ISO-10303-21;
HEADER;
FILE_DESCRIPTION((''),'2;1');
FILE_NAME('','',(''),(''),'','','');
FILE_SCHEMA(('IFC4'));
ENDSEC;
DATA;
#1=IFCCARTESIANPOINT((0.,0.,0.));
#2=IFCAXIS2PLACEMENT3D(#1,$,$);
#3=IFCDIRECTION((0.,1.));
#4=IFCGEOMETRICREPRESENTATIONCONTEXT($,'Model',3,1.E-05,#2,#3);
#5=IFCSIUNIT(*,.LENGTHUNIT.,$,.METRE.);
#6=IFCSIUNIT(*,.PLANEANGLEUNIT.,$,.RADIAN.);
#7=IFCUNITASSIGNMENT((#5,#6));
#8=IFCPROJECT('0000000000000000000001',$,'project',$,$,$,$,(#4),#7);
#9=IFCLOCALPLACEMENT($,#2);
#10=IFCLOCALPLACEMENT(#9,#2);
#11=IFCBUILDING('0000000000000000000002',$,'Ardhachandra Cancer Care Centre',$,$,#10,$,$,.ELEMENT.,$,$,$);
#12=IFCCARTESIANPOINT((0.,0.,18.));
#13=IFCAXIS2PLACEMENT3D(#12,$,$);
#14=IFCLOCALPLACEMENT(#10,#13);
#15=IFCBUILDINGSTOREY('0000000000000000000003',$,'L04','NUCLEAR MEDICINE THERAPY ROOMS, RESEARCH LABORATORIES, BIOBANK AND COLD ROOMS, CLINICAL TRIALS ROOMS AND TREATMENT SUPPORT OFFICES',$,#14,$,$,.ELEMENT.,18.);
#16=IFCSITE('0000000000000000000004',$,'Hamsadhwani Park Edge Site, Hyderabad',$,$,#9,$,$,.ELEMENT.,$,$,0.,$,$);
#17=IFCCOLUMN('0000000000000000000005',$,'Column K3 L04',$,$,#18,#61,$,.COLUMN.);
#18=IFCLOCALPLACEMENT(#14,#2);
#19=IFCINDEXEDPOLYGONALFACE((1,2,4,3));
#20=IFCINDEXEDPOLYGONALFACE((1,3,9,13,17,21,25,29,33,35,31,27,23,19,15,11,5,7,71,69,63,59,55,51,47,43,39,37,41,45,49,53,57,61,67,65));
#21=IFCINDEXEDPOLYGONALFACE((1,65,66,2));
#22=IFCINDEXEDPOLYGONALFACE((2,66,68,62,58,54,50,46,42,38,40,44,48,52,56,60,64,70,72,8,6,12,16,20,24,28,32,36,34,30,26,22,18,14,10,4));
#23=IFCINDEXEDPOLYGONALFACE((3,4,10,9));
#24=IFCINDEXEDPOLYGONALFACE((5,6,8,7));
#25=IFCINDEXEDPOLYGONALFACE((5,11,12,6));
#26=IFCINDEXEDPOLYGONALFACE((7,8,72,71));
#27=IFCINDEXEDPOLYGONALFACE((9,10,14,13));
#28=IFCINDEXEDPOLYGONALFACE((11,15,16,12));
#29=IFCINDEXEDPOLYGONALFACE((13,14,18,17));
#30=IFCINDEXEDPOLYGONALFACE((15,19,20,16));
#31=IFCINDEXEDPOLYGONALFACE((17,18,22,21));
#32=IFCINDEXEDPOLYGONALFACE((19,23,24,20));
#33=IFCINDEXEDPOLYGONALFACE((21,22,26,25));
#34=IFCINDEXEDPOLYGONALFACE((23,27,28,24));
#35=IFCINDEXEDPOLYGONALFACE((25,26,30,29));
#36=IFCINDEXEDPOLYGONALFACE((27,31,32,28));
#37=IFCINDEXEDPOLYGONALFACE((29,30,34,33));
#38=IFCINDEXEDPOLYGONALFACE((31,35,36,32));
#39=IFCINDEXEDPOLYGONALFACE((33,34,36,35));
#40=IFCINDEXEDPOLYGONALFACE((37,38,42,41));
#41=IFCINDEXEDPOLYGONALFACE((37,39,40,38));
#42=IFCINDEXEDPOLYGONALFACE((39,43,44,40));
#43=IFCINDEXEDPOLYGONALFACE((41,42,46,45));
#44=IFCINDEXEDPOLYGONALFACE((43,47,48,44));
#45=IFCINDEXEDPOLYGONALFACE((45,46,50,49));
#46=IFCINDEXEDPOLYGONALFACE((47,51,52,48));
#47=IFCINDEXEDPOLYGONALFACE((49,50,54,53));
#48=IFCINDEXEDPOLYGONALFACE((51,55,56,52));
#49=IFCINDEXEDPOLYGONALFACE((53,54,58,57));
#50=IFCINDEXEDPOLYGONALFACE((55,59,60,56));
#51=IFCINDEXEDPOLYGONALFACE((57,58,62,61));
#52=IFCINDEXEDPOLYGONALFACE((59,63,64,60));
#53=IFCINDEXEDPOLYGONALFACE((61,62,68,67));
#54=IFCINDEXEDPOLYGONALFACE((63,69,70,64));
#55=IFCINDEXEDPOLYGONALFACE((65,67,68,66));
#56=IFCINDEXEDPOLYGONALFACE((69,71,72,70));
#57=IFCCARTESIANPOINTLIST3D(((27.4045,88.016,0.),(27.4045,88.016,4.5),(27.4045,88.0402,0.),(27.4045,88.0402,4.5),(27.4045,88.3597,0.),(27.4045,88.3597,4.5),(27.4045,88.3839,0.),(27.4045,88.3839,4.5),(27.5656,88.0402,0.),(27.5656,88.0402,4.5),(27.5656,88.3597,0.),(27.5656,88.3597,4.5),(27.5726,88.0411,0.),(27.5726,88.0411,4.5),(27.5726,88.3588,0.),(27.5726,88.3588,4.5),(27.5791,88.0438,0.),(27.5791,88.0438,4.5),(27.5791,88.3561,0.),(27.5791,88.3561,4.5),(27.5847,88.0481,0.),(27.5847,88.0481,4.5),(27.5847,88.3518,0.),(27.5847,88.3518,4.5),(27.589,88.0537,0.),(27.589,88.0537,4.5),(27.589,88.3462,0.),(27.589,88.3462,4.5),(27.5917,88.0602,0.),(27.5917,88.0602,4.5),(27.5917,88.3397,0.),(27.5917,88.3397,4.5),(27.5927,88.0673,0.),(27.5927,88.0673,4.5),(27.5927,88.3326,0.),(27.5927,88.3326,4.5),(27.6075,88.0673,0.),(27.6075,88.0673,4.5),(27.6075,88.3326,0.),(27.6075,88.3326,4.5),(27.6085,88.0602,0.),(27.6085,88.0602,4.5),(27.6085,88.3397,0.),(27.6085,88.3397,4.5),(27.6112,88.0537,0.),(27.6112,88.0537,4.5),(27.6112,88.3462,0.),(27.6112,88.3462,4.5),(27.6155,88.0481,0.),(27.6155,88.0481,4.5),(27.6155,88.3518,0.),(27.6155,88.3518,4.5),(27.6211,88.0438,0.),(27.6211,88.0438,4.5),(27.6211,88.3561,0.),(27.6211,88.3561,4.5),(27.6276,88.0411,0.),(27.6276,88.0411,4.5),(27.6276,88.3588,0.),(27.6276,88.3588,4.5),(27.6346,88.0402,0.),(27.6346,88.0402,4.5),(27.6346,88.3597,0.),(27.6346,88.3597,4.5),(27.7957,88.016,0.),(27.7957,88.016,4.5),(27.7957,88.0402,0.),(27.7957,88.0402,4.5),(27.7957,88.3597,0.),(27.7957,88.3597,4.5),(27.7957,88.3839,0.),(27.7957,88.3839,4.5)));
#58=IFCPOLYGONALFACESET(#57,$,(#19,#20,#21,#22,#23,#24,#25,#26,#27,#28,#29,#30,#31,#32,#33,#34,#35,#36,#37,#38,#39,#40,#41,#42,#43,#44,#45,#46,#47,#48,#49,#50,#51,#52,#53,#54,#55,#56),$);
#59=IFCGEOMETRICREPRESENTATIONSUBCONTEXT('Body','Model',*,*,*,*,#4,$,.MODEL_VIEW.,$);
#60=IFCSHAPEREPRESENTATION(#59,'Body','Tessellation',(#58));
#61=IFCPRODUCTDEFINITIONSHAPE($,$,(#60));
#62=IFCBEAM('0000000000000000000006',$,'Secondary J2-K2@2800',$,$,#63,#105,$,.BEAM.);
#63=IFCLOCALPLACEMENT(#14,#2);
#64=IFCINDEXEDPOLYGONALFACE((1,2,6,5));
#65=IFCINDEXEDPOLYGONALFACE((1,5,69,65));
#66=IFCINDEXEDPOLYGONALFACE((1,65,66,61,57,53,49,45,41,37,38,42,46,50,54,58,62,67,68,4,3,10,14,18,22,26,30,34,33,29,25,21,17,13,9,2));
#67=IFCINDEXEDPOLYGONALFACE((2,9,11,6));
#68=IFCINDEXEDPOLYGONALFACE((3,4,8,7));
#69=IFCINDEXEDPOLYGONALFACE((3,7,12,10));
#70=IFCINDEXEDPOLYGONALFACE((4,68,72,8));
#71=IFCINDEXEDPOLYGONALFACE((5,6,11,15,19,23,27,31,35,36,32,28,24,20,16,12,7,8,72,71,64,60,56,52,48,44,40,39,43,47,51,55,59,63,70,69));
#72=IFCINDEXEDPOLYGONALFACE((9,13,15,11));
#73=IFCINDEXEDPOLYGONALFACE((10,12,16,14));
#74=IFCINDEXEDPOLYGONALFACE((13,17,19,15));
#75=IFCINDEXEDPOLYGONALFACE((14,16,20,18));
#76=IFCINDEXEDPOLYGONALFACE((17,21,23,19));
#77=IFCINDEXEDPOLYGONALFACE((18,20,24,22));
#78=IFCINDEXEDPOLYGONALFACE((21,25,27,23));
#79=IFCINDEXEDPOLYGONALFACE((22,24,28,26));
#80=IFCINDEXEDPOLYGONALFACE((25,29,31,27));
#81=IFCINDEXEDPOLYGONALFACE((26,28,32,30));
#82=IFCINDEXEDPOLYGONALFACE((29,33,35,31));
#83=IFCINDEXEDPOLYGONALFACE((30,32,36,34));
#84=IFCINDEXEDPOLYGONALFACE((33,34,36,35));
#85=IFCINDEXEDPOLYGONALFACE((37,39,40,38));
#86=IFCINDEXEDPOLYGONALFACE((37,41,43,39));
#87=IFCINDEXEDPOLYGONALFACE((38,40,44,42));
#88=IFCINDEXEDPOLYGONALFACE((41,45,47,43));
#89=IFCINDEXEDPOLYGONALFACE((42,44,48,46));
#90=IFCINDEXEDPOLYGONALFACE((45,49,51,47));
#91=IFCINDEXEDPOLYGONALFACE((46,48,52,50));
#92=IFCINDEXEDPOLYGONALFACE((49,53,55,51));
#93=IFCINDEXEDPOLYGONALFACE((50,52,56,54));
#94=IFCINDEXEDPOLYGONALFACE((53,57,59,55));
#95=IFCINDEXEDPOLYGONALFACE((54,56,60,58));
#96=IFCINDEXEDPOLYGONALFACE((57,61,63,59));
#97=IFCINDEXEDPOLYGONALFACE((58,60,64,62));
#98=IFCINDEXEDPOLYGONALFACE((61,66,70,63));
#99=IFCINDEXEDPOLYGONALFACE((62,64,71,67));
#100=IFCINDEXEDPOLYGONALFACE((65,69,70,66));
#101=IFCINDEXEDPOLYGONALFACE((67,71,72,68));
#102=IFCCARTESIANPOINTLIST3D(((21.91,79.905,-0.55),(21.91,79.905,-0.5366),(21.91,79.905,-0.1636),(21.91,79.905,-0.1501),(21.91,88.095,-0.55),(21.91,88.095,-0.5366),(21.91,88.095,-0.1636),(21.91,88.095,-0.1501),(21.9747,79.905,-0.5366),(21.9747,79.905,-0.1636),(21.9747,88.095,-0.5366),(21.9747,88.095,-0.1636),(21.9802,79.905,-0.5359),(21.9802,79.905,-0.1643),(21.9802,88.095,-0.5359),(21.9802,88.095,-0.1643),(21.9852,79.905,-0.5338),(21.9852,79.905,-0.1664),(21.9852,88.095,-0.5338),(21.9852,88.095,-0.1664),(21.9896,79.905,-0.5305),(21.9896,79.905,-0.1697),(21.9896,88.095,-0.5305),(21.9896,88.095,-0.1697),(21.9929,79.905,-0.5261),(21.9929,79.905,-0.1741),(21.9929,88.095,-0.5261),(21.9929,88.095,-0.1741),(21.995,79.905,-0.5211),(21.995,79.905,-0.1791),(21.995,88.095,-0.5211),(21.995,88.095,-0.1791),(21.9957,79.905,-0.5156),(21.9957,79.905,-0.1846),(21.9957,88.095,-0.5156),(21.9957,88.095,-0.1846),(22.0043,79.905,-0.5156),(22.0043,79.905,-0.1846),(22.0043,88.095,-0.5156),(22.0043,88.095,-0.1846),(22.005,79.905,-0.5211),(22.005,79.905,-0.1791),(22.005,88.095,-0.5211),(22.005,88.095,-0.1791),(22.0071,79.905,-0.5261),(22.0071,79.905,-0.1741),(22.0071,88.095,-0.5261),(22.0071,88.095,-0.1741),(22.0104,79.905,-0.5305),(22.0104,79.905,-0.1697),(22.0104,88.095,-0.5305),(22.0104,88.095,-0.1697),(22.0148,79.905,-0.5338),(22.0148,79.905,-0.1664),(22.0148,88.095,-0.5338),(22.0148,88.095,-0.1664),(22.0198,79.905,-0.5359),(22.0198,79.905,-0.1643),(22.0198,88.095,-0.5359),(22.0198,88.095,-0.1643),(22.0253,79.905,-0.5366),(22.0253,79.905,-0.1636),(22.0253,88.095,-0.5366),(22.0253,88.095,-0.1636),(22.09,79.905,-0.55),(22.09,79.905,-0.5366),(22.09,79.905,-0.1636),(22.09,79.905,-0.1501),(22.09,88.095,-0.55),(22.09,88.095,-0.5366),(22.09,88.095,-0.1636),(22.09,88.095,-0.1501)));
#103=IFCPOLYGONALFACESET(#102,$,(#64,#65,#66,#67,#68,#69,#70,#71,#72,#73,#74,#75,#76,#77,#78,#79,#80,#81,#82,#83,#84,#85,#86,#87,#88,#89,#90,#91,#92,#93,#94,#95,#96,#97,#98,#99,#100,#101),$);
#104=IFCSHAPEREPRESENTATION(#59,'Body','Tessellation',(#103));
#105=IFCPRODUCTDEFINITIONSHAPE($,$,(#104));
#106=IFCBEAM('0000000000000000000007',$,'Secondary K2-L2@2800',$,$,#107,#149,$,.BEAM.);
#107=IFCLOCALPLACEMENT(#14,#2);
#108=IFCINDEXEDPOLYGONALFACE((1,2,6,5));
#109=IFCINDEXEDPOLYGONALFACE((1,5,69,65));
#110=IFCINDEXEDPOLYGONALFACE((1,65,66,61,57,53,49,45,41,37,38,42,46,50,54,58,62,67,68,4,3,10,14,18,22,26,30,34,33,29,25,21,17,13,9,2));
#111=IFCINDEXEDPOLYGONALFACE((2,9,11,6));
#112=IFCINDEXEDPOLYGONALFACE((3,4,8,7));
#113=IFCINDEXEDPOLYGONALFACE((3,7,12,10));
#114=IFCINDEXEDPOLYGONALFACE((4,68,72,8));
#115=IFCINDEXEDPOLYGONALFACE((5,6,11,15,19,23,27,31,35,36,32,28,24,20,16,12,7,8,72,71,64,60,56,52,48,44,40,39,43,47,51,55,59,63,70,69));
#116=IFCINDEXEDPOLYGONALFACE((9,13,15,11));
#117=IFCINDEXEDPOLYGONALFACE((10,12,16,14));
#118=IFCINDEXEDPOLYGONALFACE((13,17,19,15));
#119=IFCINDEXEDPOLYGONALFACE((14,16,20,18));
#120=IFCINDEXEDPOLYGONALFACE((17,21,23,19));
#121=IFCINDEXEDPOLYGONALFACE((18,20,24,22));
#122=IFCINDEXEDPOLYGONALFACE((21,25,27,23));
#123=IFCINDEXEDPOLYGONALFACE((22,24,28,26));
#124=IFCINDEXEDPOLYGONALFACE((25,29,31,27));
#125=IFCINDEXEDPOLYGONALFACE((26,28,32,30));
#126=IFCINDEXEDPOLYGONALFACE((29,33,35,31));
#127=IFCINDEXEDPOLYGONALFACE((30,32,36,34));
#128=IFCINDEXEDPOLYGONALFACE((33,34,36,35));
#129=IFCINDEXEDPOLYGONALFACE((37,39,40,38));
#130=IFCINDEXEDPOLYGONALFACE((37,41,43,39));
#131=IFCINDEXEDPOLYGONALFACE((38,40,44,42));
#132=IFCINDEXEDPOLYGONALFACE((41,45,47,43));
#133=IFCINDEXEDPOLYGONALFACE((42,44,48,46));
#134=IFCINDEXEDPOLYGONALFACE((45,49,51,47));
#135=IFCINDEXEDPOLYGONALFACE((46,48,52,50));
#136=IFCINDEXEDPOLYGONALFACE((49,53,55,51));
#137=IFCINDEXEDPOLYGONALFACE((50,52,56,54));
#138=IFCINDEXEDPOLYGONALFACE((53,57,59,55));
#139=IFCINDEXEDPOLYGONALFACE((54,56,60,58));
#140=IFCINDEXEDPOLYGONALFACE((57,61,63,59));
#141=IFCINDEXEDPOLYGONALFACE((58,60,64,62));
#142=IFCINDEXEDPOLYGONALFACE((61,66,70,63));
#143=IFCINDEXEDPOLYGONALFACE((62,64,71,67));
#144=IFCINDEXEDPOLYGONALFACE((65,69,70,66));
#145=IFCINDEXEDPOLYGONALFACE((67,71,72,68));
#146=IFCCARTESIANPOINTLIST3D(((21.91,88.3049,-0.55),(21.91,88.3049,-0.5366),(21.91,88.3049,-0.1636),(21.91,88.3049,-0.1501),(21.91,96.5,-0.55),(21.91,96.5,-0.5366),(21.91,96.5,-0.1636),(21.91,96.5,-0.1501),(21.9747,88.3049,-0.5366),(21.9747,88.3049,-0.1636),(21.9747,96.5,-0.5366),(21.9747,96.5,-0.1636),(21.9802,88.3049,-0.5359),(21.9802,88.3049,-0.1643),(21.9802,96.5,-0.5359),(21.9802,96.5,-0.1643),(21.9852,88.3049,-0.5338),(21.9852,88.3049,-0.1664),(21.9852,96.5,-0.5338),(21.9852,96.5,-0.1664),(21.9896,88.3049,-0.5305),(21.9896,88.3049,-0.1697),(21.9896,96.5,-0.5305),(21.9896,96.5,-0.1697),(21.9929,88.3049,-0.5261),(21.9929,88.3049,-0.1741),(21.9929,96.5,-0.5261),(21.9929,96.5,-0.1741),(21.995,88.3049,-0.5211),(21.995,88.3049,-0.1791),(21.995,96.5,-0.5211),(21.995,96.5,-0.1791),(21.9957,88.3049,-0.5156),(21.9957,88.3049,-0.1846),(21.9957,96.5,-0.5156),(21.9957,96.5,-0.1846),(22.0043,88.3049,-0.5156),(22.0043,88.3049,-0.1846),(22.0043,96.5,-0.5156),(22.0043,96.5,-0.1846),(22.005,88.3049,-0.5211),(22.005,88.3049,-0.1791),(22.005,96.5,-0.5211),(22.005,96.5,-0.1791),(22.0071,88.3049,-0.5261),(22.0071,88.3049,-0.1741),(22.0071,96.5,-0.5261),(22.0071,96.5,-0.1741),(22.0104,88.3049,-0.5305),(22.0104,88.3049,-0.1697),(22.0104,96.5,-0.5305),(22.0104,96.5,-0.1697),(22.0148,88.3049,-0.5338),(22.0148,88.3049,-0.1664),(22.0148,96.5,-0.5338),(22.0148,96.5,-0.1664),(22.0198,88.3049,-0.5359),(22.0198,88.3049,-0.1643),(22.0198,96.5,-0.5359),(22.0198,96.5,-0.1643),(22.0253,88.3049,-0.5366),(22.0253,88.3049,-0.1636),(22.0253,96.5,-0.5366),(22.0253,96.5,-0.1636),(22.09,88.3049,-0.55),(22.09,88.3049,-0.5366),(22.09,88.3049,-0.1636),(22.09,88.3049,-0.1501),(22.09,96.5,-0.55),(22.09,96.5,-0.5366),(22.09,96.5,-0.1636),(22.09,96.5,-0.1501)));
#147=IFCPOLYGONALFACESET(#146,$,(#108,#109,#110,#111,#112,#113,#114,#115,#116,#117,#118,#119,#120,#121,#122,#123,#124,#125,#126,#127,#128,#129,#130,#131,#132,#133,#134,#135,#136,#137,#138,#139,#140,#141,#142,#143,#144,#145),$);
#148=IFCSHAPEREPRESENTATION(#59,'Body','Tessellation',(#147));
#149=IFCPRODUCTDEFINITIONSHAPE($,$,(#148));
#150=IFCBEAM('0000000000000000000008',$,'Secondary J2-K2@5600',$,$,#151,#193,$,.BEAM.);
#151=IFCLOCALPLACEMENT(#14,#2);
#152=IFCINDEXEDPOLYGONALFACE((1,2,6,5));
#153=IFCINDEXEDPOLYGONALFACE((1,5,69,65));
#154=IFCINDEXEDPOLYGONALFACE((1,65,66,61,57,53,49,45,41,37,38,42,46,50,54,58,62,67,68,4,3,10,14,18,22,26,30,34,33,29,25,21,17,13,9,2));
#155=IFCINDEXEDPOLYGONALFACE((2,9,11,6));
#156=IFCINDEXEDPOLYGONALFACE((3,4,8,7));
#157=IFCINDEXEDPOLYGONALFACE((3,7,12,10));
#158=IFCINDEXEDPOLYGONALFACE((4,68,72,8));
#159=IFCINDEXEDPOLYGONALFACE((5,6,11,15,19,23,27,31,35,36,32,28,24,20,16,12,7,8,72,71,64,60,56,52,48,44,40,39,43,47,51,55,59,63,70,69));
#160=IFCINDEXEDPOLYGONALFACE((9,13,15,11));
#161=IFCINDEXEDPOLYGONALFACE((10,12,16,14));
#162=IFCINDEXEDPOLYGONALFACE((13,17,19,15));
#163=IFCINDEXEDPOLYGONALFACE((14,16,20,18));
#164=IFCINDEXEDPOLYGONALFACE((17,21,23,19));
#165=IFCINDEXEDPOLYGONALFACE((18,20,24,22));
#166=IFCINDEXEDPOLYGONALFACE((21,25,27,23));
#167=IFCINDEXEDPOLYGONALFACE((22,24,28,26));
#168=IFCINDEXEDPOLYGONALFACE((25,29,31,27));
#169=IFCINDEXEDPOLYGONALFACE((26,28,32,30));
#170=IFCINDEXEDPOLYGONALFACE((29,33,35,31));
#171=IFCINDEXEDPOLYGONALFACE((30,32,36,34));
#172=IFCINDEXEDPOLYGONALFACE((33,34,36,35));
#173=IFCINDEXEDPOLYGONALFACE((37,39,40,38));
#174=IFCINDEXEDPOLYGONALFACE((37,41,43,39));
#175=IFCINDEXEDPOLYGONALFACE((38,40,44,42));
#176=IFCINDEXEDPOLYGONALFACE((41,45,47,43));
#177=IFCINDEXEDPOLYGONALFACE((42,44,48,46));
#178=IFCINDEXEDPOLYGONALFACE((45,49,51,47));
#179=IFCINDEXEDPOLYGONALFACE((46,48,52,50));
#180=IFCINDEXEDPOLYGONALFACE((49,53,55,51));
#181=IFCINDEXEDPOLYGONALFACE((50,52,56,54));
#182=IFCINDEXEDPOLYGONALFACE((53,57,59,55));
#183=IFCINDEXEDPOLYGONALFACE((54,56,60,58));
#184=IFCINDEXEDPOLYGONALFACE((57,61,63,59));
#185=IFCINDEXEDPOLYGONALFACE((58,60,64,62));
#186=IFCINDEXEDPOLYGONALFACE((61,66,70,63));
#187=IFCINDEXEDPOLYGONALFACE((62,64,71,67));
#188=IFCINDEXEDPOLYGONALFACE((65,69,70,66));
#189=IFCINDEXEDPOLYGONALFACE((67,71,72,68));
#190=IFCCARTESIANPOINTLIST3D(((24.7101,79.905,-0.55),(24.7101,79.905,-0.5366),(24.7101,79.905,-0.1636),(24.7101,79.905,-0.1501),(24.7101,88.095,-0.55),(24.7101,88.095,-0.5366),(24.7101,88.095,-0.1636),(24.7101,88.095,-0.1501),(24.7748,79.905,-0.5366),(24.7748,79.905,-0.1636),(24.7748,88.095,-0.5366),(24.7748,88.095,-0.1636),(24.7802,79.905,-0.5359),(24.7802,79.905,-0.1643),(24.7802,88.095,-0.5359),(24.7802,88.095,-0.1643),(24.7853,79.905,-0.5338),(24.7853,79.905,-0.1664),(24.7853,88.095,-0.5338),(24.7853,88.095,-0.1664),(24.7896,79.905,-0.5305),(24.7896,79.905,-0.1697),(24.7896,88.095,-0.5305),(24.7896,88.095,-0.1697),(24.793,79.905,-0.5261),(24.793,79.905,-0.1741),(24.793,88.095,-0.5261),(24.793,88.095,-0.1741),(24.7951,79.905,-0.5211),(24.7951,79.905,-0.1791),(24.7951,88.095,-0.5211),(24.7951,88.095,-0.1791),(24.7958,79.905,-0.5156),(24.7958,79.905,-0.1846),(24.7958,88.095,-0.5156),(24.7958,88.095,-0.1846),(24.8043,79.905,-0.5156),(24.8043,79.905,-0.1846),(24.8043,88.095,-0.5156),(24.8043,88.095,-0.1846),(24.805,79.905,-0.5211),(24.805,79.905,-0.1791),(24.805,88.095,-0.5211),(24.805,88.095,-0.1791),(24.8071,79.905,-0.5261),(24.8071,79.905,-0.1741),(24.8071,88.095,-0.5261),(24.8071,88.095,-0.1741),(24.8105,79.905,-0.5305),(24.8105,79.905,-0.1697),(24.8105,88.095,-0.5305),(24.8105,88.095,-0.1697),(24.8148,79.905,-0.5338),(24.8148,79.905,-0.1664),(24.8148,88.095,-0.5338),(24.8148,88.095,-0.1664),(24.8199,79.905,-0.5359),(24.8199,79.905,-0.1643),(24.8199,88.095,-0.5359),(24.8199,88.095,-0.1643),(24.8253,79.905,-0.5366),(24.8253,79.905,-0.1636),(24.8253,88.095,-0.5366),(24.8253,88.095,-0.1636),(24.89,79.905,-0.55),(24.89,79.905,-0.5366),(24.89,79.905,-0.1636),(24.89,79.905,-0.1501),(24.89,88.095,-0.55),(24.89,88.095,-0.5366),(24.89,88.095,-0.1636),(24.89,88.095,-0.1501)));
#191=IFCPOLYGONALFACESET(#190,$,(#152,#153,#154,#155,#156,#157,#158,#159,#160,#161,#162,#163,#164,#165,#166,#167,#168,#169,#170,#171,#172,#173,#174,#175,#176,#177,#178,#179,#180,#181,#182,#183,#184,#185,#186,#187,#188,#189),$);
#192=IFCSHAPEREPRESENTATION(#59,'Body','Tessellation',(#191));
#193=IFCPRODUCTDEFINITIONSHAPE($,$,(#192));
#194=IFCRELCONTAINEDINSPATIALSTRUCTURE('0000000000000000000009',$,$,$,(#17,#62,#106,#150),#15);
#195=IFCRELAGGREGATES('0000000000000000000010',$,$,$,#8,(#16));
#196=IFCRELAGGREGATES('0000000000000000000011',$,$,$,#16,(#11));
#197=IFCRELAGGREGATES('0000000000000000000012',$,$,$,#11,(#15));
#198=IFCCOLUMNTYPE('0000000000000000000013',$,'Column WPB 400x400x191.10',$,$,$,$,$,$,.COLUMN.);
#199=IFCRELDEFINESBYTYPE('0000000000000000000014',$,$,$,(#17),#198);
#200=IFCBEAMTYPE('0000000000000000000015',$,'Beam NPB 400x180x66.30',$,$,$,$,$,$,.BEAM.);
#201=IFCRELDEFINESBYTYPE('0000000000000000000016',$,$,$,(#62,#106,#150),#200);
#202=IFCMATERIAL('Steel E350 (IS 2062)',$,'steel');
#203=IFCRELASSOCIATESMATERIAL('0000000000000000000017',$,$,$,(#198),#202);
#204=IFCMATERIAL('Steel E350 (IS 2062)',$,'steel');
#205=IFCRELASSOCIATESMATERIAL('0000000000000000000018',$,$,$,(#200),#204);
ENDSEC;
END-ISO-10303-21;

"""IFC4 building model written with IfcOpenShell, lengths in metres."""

from ifc_helpers import new_model, si_unit, direction, frame, origin, origin_2d, place, context, subcontext, project, spatial, i_section, extrude, material, material_profile, profile_set, type_object, element, save


model = new_model("IFC4")

# Units and contexts
model_context = context("Model", 3, precision=1e-05, world=origin(), true_north=direction((0.0, 1.0)))
body_context = subcontext(model_context, "Body", "Model", "MODEL_VIEW")
ifc_project = project(units=[si_unit("LENGTHUNIT", "METRE"), si_unit("PLANEANGLEUNIT", "RADIAN")], contexts=[model_context])

# Site, building, storey
site_placement = place(None, origin())
site = spatial("IfcSite", under=ifc_project, at=site_placement, Name="Hamsadhwani Park Edge Site, Hyderabad", CompositionType="ELEMENT", RefElevation=0.0)
building_placement = place(site_placement, origin())
building = spatial("IfcBuilding", under=site, at=building_placement, Name="Ardhachandra Cancer Care Centre", CompositionType="ELEMENT")
storey_placement = place(building_placement, frame((0.0, 0.0, 18.0)))
storey = spatial("IfcBuildingStorey", under=building, at=storey_placement, Name="L04", Description="NUCLEAR MEDICINE THERAPY ROOMS, RESEARCH LABORATORIES, BIOBANK AND COLD ROOMS, CLINICAL TRIALS ROOMS AND TREATMENT SUPPORT OFFICES", CompositionType="ELEMENT", Elevation=18.0)

# Column
ifc_material_1 = material(Name="Steel E350 (IS 2062)", Category="steel")
ifc_material_profile_1 = material_profile(ifc_material_1, i_section(OverallWidth=0.3911, OverallDepth=0.3679, WebThickness=0.0149, FlangeThickness=0.0242, FilletRadius=0.0271, at=origin_2d()), Name="WPB 400x400x191.10")
ifc_profile_set_1 = profile_set([ifc_material_profile_1], Name="Steel E350 (IS 2062)")
column_type = type_object("IfcColumnType", Name="Column WPB 400x400x191.10", PredefinedType="COLUMN", material=ifc_profile_set_1)
column_placement = place(storey_placement, frame((27.6001, 88.2, 0.0), z_axis=(0.0, 0.0, 1.0), x_axis=(1.0, 0.0, 0.0)))
element("IfcColumn", 1, at=column_placement, inside=storey, type_object=column_type, Name="Column K3 L04", PredefinedType="COLUMN", context=body_context, shape_type="SweptSolid", body=[
    extrude(i_section(OverallWidth=0.3911, OverallDepth=0.3679, WebThickness=0.0149, FlangeThickness=0.0242, FilletRadius=0.0271, at=origin_2d()), origin(), (0.0, 0.0, 1.0), 4.5),
])

# Beams
ifc_material_2 = material(Name="Steel E350 (IS 2062)", Category="steel")
ifc_material_profile_2 = material_profile(ifc_material_2, i_section(OverallWidth=0.1799, OverallDepth=0.3999, WebThickness=0.0085, FlangeThickness=0.0134, FilletRadius=0.021, at=origin_2d()), Name="NPB 400x180x66.30")
ifc_profile_set_2 = profile_set([ifc_material_profile_2], Name="Steel E350 (IS 2062)")
beam_type_1 = type_object("IfcBeamType", Name="Beam NPB 400x180x66.30", PredefinedType="BEAM", material=ifc_profile_set_2)
beam_1_placement = place(storey_placement, frame((22.0, 79.905, -0.3501), z_axis=(0.0, 1.0, 0.0), x_axis=(-1.0, 0.0, 0.0)))
element("IfcBeam", 2, at=beam_1_placement, inside=storey, type_object=beam_type_1, Name="Secondary J2-K2@2800", PredefinedType="BEAM", context=body_context, shape_type="SweptSolid", body=[
    extrude(i_section(OverallWidth=0.1799, OverallDepth=0.3999, WebThickness=0.0085, FlangeThickness=0.0134, FilletRadius=0.021, at=origin_2d()), origin(), (0.0, 0.0, 1.0), 8.1899),
])
beam_2_placement = place(storey_placement, frame((22.0, 88.3049, -0.3501), z_axis=(0.0, 1.0, 0.0), x_axis=(-1.0, 0.0, 0.0)))
element("IfcBeam", 3, at=beam_2_placement, inside=storey, type_object=beam_type_1, Name="Secondary K2-L2@2800", PredefinedType="BEAM", context=body_context, shape_type="SweptSolid", body=[
    extrude(i_section(OverallWidth=0.1799, OverallDepth=0.3999, WebThickness=0.0085, FlangeThickness=0.0134, FilletRadius=0.021, at=origin_2d()), origin(), (0.0, 0.0, 1.0), 8.1951),
])
beam_3_placement = place(storey_placement, frame((24.8, 79.905, -0.3501), z_axis=(0.0, 1.0, 0.0), x_axis=(-1.0, 0.0, 0.0)))
element("IfcBeam", 4, at=beam_3_placement, inside=storey, type_object=beam_type_1, Name="Secondary J2-K2@5600", PredefinedType="BEAM", context=body_context, shape_type="SweptSolid", body=[
    extrude(i_section(OverallWidth=0.1799, OverallDepth=0.3999, WebThickness=0.0085, FlangeThickness=0.0134, FilletRadius=0.021, at=origin_2d()), origin(), (0.0, 0.0, 1.0), 8.1899),
])

save(model, "model.ifc")
